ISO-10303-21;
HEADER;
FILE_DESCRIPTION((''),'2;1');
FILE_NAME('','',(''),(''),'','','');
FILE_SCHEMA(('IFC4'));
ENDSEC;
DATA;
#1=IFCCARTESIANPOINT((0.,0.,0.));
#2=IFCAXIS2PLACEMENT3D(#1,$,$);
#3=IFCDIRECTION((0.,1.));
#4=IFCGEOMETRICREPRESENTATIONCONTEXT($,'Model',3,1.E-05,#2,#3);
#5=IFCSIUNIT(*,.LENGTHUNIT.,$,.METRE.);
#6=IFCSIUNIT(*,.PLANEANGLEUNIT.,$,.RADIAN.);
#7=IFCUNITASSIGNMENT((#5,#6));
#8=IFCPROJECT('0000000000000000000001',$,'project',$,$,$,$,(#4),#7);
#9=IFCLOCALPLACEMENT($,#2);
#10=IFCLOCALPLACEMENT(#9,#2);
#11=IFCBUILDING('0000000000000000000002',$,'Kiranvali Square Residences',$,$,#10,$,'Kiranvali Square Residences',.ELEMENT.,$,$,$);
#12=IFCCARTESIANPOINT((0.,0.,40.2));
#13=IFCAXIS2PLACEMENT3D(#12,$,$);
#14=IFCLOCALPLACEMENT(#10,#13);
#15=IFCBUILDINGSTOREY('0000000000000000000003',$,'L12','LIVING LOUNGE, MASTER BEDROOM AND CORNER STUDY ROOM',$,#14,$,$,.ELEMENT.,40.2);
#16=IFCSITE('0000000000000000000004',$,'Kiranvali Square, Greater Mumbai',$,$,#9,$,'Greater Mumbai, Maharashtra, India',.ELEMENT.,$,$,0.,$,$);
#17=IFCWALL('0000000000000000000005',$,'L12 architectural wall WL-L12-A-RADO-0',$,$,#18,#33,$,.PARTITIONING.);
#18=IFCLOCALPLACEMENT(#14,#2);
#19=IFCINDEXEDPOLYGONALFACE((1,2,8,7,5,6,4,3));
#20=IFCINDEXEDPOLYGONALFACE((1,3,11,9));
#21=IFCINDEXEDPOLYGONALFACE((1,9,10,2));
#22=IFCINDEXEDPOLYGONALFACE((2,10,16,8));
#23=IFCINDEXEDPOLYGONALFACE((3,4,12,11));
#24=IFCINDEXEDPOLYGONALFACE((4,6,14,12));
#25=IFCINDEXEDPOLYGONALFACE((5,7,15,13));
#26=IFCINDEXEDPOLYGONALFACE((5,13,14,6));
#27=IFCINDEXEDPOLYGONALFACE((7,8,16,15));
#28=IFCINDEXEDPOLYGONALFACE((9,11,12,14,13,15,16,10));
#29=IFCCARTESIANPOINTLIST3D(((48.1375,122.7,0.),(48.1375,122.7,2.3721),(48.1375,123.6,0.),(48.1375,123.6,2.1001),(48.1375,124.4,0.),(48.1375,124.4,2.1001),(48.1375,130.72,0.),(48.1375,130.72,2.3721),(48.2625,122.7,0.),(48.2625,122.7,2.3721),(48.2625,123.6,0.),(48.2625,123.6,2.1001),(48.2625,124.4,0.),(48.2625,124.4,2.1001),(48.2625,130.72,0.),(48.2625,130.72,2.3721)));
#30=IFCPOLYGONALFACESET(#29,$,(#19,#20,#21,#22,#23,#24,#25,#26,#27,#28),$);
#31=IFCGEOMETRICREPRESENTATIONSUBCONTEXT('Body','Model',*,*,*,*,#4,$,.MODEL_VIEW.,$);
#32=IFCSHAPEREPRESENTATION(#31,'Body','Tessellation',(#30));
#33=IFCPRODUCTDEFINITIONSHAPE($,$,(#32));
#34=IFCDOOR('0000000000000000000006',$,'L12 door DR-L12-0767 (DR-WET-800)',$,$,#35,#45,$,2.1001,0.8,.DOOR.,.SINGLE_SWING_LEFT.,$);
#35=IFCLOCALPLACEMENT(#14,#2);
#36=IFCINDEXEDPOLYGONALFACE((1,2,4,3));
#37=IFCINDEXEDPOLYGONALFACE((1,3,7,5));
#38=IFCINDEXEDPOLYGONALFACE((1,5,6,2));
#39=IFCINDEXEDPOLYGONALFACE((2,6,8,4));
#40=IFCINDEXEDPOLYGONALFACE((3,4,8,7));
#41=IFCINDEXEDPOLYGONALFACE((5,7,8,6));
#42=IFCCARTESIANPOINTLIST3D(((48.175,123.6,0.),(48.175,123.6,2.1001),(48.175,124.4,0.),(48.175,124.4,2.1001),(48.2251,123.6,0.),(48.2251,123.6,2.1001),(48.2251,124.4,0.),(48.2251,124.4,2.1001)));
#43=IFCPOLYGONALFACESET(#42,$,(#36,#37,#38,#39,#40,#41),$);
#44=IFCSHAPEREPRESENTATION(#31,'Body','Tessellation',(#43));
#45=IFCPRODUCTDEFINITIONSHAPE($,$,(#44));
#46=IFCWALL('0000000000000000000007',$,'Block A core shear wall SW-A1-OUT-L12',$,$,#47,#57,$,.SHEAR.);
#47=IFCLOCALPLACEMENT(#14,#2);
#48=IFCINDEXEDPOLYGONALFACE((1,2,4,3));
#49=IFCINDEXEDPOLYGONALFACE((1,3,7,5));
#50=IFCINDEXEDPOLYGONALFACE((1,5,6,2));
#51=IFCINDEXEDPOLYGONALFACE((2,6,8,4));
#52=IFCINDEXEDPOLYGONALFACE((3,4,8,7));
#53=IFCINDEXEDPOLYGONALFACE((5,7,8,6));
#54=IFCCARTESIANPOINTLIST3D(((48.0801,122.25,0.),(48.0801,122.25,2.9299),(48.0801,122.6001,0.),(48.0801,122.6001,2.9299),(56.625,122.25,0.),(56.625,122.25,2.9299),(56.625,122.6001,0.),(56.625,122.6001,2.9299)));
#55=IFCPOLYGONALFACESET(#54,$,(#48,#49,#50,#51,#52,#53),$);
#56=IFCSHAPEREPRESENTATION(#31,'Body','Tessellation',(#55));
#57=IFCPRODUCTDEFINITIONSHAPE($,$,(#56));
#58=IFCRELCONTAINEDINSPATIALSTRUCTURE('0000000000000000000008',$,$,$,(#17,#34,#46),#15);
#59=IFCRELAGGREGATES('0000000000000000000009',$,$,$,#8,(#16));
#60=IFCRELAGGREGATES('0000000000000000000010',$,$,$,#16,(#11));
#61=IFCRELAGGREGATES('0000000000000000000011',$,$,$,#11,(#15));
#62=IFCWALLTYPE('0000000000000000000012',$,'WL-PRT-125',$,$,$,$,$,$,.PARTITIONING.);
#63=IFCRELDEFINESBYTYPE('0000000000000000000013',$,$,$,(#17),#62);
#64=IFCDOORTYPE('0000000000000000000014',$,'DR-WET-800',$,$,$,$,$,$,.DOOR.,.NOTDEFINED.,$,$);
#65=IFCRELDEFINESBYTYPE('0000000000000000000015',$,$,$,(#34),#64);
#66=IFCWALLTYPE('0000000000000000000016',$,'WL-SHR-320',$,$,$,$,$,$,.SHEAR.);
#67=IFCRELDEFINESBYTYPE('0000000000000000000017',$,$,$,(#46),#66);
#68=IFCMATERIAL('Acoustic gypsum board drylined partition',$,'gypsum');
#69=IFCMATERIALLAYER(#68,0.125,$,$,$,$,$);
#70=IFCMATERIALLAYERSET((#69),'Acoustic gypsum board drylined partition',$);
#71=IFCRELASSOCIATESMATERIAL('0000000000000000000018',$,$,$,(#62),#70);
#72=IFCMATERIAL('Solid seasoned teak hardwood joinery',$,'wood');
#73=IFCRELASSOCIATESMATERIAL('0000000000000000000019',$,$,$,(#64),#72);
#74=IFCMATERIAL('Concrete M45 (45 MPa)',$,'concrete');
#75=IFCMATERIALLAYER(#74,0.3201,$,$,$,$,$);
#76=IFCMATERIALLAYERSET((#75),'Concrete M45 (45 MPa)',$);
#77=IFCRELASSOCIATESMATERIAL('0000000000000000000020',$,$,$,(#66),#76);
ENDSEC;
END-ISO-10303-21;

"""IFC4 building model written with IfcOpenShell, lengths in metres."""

from ifc_helpers import new_model, si_unit, direction, frame, frame_2d, origin, place, context, subcontext, project, spatial, rectangle, extrude, material, layer, layer_set, type_object, element, fill, save


model = new_model("IFC4")

# Units and contexts
model_context = context("Model", 3, precision=1e-05, world=origin(), true_north=direction((0.0, 1.0)))
body_context = subcontext(model_context, "Body", "Model", "MODEL_VIEW")
ifc_project = project(units=[si_unit("LENGTHUNIT", "METRE"), si_unit("PLANEANGLEUNIT", "RADIAN")], contexts=[model_context])

# Site, building, storey
site_placement = place(None, origin())
site = spatial("IfcSite", under=ifc_project, at=site_placement, Name="Kiranvali Square, Greater Mumbai", LongName="Greater Mumbai, Maharashtra, India", CompositionType="ELEMENT", RefElevation=0.0)
building_placement = place(site_placement, origin())
building = spatial("IfcBuilding", under=site, at=building_placement, Name="Kiranvali Square Residences", LongName="Kiranvali Square Residences", CompositionType="ELEMENT")
storey_placement = place(building_placement, frame((0.0, 0.0, 40.2)))
storey = spatial("IfcBuildingStorey", under=building, at=storey_placement, Name="L12", Description="LIVING LOUNGE, MASTER BEDROOM AND CORNER STUDY ROOM", CompositionType="ELEMENT", Elevation=40.2)

# Shared definitions
ifc_material_1 = material(Name="Concrete M45 (45 MPa)", Category="concrete")

# Wall, opening, door
ifc_material_2 = material(Name="Acoustic gypsum board drylined partition", Category="gypsum")
ifc_layer_1 = layer(ifc_material_2, 0.125)
ifc_layer_set_1 = layer_set([ifc_layer_1], Name="Acoustic gypsum board drylined partition")
wall_type_1 = type_object("IfcWallType", Name="WL-PRT-125", PredefinedType="PARTITIONING", material=ifc_layer_set_1)
wall_1_placement = place(storey_placement, frame((48.2, 122.7, 0.0), z_axis=(0.0, 0.0, 1.0), x_axis=(0.0, 1.0, 0.0)))
wall_1 = element("IfcWall", 1, at=wall_1_placement, inside=storey, type_object=wall_type_1, Name="L12 architectural wall WL-L12-A-RADO-0", PredefinedType="PARTITIONING", context=body_context, shape_type="SweptSolid", body=[
    extrude(rectangle(XDim=8.02, YDim=0.125, at=frame_2d((4.01, 0.0))), origin(), (0.0, 0.0, 1.0), 2.3721),
])
opening_1_placement = place(wall_1_placement, frame((0.9001, 0.0, 0.0)))
opening_1 = element("IfcOpeningElement", 2, at=opening_1_placement, cuts=wall_1, PredefinedType="OPENING", context=body_context, shape_type="SweptSolid", body=[
    extrude(rectangle(XDim=0.8, YDim=2.1001, at=frame_2d((0.3999, 1.05))), frame((0.0, 0.0725, 0.0), z_axis=(0.0, -1.0, 0.0), x_axis=(1.0, 0.0, 0.0)), (0.0, 0.0, 1.0), 0.145),
])
ifc_material_3 = material(Name="Solid seasoned teak hardwood joinery", Category="wood")
door_type_1 = type_object("IfcDoorType", Name="DR-WET-800", OperationType="NOTDEFINED", PredefinedType="DOOR", material=ifc_material_3)
door_1_placement = place(opening_1_placement, origin())
door_1 = element("IfcDoor", 3, at=door_1_placement, inside=storey, type_object=door_type_1, Name="L12 door DR-L12-0767 (DR-WET-800)", OperationType="SINGLE_SWING_LEFT", OverallHeight=2.1001, OverallWidth=0.8, PredefinedType="DOOR", context=body_context, shape_type="SweptSolid", body=[
    extrude(rectangle(XDim=0.8, YDim=2.1001, at=frame_2d((0.3999, 1.05))), frame((0.0, 0.0249, 0.0), z_axis=(0.0, -1.0, 0.0), x_axis=(1.0, 0.0, 0.0)), (0.0, 0.0, 1.0), 0.05),
])
fill(opening_1, door_1)

# Wall
ifc_layer_2 = layer(ifc_material_1, 0.3201)
ifc_layer_set_2 = layer_set([ifc_layer_2], Name="Concrete M45 (45 MPa)")
wall_type_2 = type_object("IfcWallType", Name="WL-SHR-320", PredefinedType="SHEAR", material=ifc_layer_set_2)
wall_2_placement = place(storey_placement, frame((48.0801, 122.425, 0.0), z_axis=(0.0, 0.0, 1.0), x_axis=(1.0, 0.0, 0.0)))
element("IfcWall", 4, at=wall_2_placement, inside=storey, type_object=wall_type_2, Name="Block A core shear wall SW-A1-OUT-L12", PredefinedType="SHEAR", context=body_context, shape_type="SweptSolid", body=[
    extrude(rectangle(XDim=8.5449, YDim=0.3501, at=frame_2d((4.2725, 0.0))), origin(), (0.0, 0.0, 1.0), 2.9299),
])

save(model, "model.ifc")
